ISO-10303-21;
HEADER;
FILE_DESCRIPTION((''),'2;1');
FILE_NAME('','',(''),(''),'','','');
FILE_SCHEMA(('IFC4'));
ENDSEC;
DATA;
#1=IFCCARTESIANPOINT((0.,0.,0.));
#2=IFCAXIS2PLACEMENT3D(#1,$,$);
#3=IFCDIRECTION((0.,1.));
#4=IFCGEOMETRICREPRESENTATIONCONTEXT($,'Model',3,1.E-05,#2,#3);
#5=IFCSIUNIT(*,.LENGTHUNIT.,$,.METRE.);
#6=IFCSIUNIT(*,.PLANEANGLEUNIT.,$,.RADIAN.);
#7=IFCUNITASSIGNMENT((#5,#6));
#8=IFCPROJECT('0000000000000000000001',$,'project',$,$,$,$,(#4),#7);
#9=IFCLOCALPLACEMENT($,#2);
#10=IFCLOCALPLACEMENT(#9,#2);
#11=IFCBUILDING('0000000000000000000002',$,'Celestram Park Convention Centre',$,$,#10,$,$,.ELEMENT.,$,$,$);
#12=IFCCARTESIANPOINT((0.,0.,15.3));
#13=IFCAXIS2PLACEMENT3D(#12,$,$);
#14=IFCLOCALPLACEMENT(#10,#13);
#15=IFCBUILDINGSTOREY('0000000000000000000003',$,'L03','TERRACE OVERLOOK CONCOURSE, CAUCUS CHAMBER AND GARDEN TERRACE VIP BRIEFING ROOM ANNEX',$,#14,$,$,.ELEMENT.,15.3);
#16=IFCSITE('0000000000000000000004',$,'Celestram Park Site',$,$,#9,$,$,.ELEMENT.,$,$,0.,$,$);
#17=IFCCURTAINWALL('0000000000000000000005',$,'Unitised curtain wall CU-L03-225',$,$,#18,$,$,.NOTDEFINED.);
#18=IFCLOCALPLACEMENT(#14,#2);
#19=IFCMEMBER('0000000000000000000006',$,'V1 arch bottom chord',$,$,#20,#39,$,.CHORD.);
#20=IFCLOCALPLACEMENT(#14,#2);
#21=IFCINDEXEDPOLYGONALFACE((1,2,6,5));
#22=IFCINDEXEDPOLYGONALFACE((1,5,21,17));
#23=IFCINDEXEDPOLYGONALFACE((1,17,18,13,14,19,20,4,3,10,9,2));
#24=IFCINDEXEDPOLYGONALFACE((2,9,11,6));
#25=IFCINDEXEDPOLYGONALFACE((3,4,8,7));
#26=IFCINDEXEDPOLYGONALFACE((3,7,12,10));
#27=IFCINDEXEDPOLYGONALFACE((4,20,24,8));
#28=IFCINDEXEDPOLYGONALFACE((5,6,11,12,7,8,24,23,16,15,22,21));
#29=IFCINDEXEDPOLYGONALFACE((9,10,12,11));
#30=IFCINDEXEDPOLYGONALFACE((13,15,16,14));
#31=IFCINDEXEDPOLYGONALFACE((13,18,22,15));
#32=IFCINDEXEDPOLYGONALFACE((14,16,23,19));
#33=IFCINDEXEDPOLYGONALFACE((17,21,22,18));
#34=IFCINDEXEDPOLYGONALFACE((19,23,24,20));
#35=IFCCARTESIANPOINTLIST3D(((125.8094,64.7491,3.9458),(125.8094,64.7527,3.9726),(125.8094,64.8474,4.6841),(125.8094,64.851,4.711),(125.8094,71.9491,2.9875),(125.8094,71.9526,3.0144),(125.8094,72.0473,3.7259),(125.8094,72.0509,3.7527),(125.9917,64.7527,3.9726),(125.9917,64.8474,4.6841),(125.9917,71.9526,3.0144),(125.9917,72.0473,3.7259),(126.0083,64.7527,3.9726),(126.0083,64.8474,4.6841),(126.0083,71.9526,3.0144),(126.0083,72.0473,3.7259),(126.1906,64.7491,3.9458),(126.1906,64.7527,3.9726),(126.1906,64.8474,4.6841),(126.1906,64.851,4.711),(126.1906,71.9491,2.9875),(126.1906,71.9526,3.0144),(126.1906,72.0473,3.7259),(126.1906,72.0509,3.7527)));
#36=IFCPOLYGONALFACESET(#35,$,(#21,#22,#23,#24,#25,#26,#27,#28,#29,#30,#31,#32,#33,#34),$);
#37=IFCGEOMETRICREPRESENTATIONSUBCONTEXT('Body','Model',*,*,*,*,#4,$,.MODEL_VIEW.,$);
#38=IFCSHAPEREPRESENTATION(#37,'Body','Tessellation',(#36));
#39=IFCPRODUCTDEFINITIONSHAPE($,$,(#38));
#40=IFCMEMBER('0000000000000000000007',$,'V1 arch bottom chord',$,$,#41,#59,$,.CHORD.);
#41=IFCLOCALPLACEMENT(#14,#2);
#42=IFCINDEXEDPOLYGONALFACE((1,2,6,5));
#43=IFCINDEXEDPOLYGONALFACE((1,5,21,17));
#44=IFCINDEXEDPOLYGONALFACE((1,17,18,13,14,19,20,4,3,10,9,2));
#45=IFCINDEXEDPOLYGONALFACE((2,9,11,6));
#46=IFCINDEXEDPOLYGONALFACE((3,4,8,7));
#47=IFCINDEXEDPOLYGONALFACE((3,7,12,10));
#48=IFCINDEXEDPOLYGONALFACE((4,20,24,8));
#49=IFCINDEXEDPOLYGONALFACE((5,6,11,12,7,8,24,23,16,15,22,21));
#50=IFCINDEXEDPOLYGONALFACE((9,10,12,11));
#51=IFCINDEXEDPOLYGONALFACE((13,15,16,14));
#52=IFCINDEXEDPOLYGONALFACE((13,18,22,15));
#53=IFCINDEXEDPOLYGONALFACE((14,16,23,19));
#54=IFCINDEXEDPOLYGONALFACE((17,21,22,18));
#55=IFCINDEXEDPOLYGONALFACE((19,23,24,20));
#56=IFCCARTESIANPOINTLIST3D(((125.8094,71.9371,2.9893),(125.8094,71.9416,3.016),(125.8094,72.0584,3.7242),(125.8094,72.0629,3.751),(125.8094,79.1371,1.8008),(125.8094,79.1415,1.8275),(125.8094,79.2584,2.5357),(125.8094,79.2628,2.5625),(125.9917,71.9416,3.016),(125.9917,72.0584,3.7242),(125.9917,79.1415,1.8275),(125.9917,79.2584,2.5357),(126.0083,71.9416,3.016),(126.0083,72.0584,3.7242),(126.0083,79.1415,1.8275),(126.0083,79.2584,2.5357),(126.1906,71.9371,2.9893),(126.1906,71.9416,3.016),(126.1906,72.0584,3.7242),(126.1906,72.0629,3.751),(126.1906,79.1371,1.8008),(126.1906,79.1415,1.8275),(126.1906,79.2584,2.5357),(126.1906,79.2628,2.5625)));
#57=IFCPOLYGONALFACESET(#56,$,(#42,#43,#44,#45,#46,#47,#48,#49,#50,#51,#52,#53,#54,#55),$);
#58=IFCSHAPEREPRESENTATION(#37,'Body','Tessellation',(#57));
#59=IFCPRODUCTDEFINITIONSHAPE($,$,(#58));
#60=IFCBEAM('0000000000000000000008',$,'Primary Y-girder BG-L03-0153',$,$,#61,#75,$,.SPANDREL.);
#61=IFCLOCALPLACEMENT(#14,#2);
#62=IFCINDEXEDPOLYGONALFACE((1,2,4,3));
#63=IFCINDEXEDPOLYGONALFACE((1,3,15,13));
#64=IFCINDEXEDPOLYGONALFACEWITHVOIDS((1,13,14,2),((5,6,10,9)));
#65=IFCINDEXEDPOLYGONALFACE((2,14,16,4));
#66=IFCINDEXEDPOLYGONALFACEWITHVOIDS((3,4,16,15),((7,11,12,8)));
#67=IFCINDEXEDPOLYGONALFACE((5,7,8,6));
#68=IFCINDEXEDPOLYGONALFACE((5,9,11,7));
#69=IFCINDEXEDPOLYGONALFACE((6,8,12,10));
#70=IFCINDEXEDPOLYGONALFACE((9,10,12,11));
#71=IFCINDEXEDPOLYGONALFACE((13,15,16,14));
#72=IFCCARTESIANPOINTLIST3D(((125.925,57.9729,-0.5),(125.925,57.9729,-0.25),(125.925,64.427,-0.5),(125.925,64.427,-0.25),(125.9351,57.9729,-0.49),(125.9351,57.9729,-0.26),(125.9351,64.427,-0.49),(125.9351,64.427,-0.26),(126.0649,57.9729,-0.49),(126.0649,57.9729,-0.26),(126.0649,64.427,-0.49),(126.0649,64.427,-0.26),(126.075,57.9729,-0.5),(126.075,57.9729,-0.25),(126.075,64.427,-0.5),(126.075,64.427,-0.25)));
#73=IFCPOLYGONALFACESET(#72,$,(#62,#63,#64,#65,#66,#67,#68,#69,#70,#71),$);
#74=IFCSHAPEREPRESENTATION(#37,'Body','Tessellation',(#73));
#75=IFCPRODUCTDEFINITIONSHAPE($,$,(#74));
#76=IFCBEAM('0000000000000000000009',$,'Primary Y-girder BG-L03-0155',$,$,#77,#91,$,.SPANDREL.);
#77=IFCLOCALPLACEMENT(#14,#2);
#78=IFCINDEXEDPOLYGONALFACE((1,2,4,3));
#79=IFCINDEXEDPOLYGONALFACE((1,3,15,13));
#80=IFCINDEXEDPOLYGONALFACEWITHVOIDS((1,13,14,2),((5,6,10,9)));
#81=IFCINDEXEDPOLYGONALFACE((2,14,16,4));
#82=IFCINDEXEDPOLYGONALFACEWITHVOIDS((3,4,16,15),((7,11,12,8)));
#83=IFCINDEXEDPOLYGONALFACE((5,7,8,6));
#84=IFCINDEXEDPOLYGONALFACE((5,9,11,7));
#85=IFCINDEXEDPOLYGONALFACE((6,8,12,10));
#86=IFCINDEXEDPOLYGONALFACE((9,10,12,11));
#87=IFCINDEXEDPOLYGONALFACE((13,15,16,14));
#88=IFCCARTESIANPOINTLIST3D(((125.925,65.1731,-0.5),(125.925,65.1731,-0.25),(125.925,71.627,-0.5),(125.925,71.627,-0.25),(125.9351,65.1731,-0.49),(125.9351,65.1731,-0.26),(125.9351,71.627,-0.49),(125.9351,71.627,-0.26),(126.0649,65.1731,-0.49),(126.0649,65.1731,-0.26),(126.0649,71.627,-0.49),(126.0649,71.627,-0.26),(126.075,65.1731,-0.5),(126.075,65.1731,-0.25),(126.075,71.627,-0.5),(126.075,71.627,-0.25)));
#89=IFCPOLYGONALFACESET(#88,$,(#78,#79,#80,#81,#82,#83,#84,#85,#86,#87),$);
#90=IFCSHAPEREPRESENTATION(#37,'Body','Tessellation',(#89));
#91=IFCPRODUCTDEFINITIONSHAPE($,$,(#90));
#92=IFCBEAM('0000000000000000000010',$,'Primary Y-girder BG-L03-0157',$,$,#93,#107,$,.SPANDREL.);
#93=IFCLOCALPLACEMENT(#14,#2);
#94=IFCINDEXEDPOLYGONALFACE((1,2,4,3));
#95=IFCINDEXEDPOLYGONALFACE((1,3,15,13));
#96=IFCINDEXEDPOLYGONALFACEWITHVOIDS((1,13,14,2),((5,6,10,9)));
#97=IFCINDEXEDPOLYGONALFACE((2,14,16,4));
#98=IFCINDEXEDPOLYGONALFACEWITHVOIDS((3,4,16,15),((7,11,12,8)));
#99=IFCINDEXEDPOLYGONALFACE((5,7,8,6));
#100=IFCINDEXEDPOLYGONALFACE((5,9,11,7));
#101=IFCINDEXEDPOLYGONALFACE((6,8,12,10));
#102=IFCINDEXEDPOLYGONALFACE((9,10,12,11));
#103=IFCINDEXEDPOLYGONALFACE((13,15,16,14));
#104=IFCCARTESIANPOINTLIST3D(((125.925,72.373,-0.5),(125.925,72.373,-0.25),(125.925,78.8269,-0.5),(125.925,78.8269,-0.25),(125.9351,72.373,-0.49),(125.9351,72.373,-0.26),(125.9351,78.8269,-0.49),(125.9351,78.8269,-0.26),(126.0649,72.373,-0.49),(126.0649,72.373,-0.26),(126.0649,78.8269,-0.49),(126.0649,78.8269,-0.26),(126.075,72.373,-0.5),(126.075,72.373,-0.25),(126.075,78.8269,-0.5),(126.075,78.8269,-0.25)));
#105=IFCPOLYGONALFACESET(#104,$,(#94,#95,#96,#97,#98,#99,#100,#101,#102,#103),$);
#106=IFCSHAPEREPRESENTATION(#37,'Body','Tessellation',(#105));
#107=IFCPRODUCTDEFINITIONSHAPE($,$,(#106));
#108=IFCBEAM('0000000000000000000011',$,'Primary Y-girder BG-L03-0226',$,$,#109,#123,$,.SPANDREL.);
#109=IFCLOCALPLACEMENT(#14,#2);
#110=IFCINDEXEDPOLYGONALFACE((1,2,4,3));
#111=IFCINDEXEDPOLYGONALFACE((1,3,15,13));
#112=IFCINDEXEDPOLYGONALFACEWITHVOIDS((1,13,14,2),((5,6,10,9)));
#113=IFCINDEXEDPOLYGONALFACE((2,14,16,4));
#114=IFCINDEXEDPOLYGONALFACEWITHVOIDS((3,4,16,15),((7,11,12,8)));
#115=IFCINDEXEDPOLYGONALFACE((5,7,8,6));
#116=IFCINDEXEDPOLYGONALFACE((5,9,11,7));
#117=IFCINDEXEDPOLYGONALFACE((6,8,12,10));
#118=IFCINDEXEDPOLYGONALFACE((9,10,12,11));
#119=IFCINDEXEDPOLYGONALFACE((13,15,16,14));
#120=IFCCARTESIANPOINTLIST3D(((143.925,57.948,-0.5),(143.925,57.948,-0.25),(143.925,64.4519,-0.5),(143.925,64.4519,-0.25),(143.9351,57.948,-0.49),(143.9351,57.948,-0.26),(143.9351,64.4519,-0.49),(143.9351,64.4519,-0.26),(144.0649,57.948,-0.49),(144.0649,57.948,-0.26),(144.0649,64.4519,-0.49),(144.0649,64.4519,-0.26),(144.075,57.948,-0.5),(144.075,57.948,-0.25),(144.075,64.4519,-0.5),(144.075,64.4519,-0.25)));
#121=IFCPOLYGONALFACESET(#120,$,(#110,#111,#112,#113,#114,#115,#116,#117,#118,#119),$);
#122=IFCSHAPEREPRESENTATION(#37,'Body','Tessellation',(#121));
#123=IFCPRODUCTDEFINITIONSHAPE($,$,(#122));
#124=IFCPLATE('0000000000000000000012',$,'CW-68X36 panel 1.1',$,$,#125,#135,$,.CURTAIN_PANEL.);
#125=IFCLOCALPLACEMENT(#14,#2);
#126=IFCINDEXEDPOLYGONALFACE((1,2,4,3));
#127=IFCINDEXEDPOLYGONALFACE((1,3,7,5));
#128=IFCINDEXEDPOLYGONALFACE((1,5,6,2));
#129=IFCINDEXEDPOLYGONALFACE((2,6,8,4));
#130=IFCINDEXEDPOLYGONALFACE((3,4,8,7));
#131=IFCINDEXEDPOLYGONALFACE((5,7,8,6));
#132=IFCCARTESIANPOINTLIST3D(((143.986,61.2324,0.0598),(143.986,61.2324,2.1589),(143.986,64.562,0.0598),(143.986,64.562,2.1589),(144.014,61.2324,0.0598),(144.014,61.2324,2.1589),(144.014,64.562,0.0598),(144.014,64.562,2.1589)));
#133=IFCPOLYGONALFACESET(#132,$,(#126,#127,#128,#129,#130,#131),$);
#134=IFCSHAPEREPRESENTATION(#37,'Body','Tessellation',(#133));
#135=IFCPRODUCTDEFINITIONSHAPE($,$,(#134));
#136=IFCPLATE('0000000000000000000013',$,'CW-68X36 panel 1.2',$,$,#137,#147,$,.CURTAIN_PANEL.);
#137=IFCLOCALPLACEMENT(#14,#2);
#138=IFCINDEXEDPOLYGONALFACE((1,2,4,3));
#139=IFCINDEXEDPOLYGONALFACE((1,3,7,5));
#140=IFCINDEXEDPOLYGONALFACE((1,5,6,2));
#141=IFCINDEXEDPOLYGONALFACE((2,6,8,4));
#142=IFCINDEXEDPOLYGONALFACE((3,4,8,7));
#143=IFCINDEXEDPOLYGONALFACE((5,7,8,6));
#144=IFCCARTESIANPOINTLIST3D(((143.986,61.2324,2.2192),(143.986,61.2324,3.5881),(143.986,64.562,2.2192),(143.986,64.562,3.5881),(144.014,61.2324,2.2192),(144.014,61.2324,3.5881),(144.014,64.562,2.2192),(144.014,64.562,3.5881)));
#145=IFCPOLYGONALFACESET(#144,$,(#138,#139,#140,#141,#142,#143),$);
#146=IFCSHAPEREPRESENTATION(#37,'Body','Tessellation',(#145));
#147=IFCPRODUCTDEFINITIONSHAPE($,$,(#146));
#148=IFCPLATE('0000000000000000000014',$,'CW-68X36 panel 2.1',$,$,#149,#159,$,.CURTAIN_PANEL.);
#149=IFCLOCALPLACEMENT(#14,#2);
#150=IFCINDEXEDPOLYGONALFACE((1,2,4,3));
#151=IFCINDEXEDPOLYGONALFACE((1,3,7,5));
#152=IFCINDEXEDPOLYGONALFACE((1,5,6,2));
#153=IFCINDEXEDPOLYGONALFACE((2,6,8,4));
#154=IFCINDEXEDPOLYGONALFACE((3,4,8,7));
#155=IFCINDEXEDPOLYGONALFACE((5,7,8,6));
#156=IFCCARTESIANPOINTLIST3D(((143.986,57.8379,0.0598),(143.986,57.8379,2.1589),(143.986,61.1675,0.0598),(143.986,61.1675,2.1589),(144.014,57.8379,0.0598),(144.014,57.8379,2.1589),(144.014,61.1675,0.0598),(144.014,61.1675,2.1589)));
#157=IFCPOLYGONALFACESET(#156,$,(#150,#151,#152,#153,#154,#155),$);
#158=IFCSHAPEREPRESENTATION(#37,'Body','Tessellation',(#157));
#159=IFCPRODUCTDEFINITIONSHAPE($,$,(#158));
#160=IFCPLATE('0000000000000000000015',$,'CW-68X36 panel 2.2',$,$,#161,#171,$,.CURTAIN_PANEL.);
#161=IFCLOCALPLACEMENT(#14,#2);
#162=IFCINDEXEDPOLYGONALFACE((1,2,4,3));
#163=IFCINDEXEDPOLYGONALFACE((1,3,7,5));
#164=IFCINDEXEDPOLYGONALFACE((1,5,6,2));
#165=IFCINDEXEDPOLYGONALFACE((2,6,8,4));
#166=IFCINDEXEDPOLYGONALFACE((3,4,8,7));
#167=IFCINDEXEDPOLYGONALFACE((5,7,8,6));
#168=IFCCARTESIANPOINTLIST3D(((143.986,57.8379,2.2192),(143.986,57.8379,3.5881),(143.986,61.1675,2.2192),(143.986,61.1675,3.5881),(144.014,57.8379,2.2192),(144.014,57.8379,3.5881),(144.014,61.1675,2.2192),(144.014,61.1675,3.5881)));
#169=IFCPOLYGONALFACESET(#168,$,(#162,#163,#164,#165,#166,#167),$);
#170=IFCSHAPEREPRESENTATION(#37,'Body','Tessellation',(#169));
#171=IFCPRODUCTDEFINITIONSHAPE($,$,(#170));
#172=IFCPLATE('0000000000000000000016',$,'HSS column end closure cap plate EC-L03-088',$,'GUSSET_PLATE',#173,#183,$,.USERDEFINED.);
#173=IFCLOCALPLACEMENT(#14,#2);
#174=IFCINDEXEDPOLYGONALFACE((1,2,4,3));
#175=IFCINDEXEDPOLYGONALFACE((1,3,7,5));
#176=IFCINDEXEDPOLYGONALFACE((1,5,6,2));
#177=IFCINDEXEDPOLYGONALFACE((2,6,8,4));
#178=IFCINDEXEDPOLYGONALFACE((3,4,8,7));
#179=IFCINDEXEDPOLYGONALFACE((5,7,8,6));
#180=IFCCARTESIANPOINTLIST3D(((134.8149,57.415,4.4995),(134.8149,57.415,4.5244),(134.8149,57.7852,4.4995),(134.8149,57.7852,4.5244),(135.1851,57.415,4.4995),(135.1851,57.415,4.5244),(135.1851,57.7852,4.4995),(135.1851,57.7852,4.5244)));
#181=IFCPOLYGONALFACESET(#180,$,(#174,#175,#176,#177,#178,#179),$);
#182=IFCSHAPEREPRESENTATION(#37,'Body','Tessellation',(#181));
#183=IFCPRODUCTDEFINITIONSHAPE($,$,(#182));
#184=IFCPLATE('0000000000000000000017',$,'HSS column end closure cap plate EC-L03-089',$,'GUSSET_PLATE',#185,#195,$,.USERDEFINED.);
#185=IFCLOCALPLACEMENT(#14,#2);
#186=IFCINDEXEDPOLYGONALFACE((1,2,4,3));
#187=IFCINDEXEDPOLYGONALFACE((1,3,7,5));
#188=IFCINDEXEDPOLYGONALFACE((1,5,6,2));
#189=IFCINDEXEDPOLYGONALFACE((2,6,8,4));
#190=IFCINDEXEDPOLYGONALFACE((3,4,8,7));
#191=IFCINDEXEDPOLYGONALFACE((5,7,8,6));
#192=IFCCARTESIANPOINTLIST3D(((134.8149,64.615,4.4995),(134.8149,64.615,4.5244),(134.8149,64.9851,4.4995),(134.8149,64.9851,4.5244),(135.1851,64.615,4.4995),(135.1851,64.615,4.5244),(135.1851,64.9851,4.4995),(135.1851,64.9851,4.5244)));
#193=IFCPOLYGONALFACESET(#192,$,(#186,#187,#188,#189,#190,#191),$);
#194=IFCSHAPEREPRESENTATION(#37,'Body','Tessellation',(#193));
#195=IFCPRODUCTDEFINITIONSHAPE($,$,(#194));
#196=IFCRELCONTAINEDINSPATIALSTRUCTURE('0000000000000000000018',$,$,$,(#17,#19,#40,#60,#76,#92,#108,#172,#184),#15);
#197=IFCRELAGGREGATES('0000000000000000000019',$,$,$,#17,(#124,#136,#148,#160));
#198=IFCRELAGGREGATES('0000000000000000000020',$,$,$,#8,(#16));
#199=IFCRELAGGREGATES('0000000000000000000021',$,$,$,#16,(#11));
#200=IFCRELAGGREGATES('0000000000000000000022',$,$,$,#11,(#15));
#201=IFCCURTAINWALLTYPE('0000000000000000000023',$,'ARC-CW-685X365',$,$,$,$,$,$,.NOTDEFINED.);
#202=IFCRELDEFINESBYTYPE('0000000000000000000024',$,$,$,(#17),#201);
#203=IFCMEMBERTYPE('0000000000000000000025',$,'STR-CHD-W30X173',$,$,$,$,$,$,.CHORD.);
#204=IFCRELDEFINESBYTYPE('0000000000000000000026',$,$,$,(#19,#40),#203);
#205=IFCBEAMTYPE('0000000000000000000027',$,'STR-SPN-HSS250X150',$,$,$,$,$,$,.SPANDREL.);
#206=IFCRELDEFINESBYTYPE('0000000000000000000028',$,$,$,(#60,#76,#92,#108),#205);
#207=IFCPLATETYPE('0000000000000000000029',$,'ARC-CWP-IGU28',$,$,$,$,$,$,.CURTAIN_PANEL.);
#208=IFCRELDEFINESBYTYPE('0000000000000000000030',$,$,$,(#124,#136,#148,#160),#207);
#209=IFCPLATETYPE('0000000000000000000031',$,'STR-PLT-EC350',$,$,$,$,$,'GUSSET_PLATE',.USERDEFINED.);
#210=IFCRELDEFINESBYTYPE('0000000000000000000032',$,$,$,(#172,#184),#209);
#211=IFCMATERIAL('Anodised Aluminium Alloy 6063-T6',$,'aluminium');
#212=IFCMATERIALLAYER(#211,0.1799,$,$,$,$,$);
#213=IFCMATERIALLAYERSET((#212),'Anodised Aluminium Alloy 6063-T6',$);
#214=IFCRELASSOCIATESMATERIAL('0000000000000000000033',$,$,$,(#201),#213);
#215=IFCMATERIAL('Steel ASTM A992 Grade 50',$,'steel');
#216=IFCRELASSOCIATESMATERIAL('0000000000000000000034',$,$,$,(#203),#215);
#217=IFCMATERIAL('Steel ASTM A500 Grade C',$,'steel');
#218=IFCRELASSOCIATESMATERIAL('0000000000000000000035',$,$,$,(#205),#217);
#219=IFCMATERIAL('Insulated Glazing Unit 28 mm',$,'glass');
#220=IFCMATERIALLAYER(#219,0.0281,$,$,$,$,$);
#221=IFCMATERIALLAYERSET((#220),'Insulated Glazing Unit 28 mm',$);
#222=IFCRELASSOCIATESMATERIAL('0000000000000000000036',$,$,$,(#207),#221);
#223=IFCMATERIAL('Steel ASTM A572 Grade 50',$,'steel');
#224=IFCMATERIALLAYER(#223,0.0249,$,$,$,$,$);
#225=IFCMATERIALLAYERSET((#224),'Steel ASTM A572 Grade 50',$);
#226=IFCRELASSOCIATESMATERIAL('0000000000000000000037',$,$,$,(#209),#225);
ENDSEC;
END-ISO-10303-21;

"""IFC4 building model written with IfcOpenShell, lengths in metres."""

from ifc_helpers import new_model, si_unit, direction, frame, origin, origin_2d, place, context, subcontext, project, spatial, rectangle, hollow_rectangle, i_section, extrude, material, layer, layer_set, material_profile, profile_set, type_object, element, aggregate, save


model = new_model("IFC4")

# Units and contexts
model_context = context("Model", 3, precision=1e-05, world=origin(), true_north=direction((0.0, 1.0)))
body_context = subcontext(model_context, "Body", "Model", "MODEL_VIEW")
ifc_project = project(units=[si_unit("LENGTHUNIT", "METRE"), si_unit("PLANEANGLEUNIT", "RADIAN")], contexts=[model_context])

# Site, building, storey
site_placement = place(None, origin())
site = spatial("IfcSite", under=ifc_project, at=site_placement, Name="Celestram Park Site", CompositionType="ELEMENT", RefElevation=0.0)
building_placement = place(site_placement, origin())
building = spatial("IfcBuilding", under=site, at=building_placement, Name="Celestram Park Convention Centre", CompositionType="ELEMENT")
storey_placement = place(building_placement, frame((0.0, 0.0, 15.3)))
storey = spatial("IfcBuildingStorey", under=building, at=storey_placement, Name="L03", Description="TERRACE OVERLOOK CONCOURSE, CAUCUS CHAMBER AND GARDEN TERRACE VIP BRIEFING ROOM ANNEX", CompositionType="ELEMENT", Elevation=15.3)

# Shared definitions
ifc_material_1 = material(Name="Steel ASTM A500 Grade C", Category="steel")

# Curtain wall
ifc_material_2 = material(Name="Anodised Aluminium Alloy 6063-T6", Category="aluminium")
ifc_layer_1 = layer(ifc_material_2, 0.1799)
ifc_layer_set_1 = layer_set([ifc_layer_1], Name="Anodised Aluminium Alloy 6063-T6")
curtain_wall_type = type_object("IfcCurtainWallType", Name="ARC-CW-685X365", PredefinedType="NOTDEFINED", material=ifc_layer_set_1)
curtain_wall_placement = place(storey_placement, origin())
curtain_wall = element("IfcCurtainWall", 1, at=curtain_wall_placement, inside=storey, type_object=curtain_wall_type, Name="Unitised curtain wall CU-L03-225", PredefinedType="NOTDEFINED")

# Shared definitions
ifc_material_3 = material(Name="Steel ASTM A992 Grade 50", Category="steel")

# Members
ifc_material_profile_1 = material_profile(ifc_material_3, i_section(OverallWidth=0.3811, OverallDepth=0.772, WebThickness=0.0166, FlangeThickness=0.0271, at=origin_2d()), Name="W30X173")
ifc_profile_set_1 = profile_set([ifc_material_profile_1], Name="Steel ASTM A992 Grade 50")
member_type_1 = type_object("IfcMemberType", Name="STR-CHD-W30X173", PredefinedType="CHORD", material=ifc_profile_set_1)
member_1_placement = place(storey_placement, frame((126.0, 64.8, 4.3284), z_axis=(0.0, 0.991259, -0.131928), x_axis=(-1.0, 0.0, 0.0)))
element("IfcMember", 2, at=member_1_placement, inside=storey, type_object=member_type_1, Name="V1 arch bottom chord", PredefinedType="CHORD", context=body_context, shape_type="SweptSolid", body=[
    extrude(i_section(OverallWidth=0.3811, OverallDepth=0.772, WebThickness=0.0166, FlangeThickness=0.0271, at=origin_2d()), origin(), (0.0, 0.0, 1.0), 7.2634),
])
member_2_placement = place(storey_placement, frame((126.0, 72.0, 3.3701), z_axis=(0.0, 0.986649, -0.162863), x_axis=(-1.0, 0.0, 0.0)))
element("IfcMember", 3, at=member_2_placement, inside=storey, type_object=member_type_1, Name="V1 arch bottom chord", PredefinedType="CHORD", context=body_context, shape_type="SweptSolid", body=[
    extrude(i_section(OverallWidth=0.3811, OverallDepth=0.772, WebThickness=0.0166, FlangeThickness=0.0271, at=origin_2d()), origin(), (0.0, 0.0, 1.0), 7.2974),
])

# Beams
ifc_material_profile_2 = material_profile(ifc_material_1, hollow_rectangle(XDim=0.1499, YDim=0.25, WallThickness=0.01, at=origin_2d()), Name="HSS250X150X10")
ifc_profile_set_2 = profile_set([ifc_material_profile_2], Name="Steel ASTM A500 Grade C")
beam_type_1 = type_object("IfcBeamType", Name="STR-SPN-HSS250X150", PredefinedType="SPANDREL", material=ifc_profile_set_2)
beam_1_placement = place(storey_placement, frame((126.0, 57.9729, -0.375), z_axis=(0.0, 1.0, 0.0), x_axis=(-1.0, 0.0, 0.0)))
element("IfcBeam", 4, at=beam_1_placement, inside=storey, type_object=beam_type_1, Name="Primary Y-girder BG-L03-0153", PredefinedType="SPANDREL", context=body_context, shape_type="SweptSolid", body=[
    extrude(hollow_rectangle(XDim=0.1499, YDim=0.25, WallThickness=0.01, at=origin_2d()), origin(), (0.0, 0.0, 1.0), 6.4541),
])
for number, where, z_axis, x_axis, name in (
    (5, (126.0, 65.1731, -0.375), (0.0, 1.0, 0.0), (-1.0, 0.0, 0.0), "Primary Y-girder BG-L03-0155"),
    (6, (126.0, 72.373, -0.375), (0.0, 1.0, 0.0), (-1.0, 0.0, 0.0), "Primary Y-girder BG-L03-0157"),
):
    element("IfcBeam", number, at=place(storey_placement, frame(where, z_axis=z_axis, x_axis=x_axis)), inside=storey, type_object=beam_type_1, Name=name, PredefinedType="SPANDREL", context=body_context, shape_type="SweptSolid", body=[
        extrude(hollow_rectangle(XDim=0.1499, YDim=0.25, WallThickness=0.01, at=origin_2d()), origin(), (0.0, 0.0, 1.0), 6.4539),
    ])
beam_2_placement = place(storey_placement, frame((144.0, 57.948, -0.375), z_axis=(0.0, 1.0, 0.0), x_axis=(-1.0, 0.0, 0.0)))
element("IfcBeam", 7, at=beam_2_placement, inside=storey, type_object=beam_type_1, Name="Primary Y-girder BG-L03-0226", PredefinedType="SPANDREL", context=body_context, shape_type="SweptSolid", body=[
    extrude(hollow_rectangle(XDim=0.1499, YDim=0.25, WallThickness=0.01, at=origin_2d()), origin(), (0.0, 0.0, 1.0), 6.5039),
])

# Plates
ifc_material_4 = material(Name="Insulated Glazing Unit 28 mm", Category="glass")
ifc_layer_2 = layer(ifc_material_4, 0.0281)
ifc_layer_set_2 = layer_set([ifc_layer_2], Name="Insulated Glazing Unit 28 mm")
plate_type_1 = type_object("IfcPlateType", Name="ARC-CWP-IGU28", PredefinedType="CURTAIN_PANEL", material=ifc_layer_set_2)
plate_1_placement = place(storey_placement, frame((144.0, 62.8972, 0.0598), z_axis=(0.0, 0.0, 1.0), x_axis=(0.0, -1.0, 0.0)))
plate_1 = element("IfcPlate", 8, at=plate_1_placement, type_object=plate_type_1, Name="CW-68X36 panel 1.1", PredefinedType="CURTAIN_PANEL", context=body_context, shape_type="SweptSolid", body=[
    extrude(rectangle(XDim=3.3296, YDim=0.0281, at=origin_2d()), origin(), (0.0, 0.0, 1.0), 2.0991),
])
plate_2_placement = place(storey_placement, frame((144.0, 62.8972, 2.2192), z_axis=(0.0, 0.0, 1.0), x_axis=(0.0, -1.0, 0.0)))
plate_2 = element("IfcPlate", 9, at=plate_2_placement, type_object=plate_type_1, Name="CW-68X36 panel 1.2", PredefinedType="CURTAIN_PANEL", context=body_context, shape_type="SweptSolid", body=[
    extrude(rectangle(XDim=3.3296, YDim=0.0281, at=origin_2d()), origin(), (0.0, 0.0, 1.0), 1.3689),
])
plate_3_placement = place(storey_placement, frame((144.0, 59.5027, 0.0598), z_axis=(0.0, 0.0, 1.0), x_axis=(0.0, -1.0, 0.0)))
plate_3 = element("IfcPlate", 10, at=plate_3_placement, type_object=plate_type_1, Name="CW-68X36 panel 2.1", PredefinedType="CURTAIN_PANEL", context=body_context, shape_type="SweptSolid", body=[
    extrude(rectangle(XDim=3.3296, YDim=0.0281, at=origin_2d()), origin(), (0.0, 0.0, 1.0), 2.0991),
])
plate_4_placement = place(storey_placement, frame((144.0, 59.5027, 2.2192), z_axis=(0.0, 0.0, 1.0), x_axis=(0.0, -1.0, 0.0)))
plate_4 = element("IfcPlate", 11, at=plate_4_placement, type_object=plate_type_1, Name="CW-68X36 panel 2.2", PredefinedType="CURTAIN_PANEL", context=body_context, shape_type="SweptSolid", body=[
    extrude(rectangle(XDim=3.3296, YDim=0.0281, at=origin_2d()), origin(), (0.0, 0.0, 1.0), 1.3689),
])
aggregate(curtain_wall, [plate_1, plate_2, plate_3, plate_4])

# Plates
ifc_material_5 = material(Name="Steel ASTM A572 Grade 50", Category="steel")
ifc_layer_3 = layer(ifc_material_5, 0.0249)
ifc_layer_set_3 = layer_set([ifc_layer_3], Name="Steel ASTM A572 Grade 50")
plate_type_2 = type_object("IfcPlateType", Name="STR-PLT-EC350", ElementType="GUSSET_PLATE", PredefinedType="USERDEFINED", material=ifc_layer_set_3)
for number, where, z_axis, x_axis, name in (
    (12, (135.0, 57.6001, 4.4995), (0.0, 0.0, 1.0), (1.0, 0.0, 0.0), "HSS column end closure cap plate EC-L03-088"),
    (13, (135.0, 64.8, 4.4995), (0.0, 0.0, 1.0), (1.0, 0.0, 0.0), "HSS column end closure cap plate EC-L03-089"),
):
    element("IfcPlate", number, at=place(storey_placement, frame(where, z_axis=z_axis, x_axis=x_axis)), inside=storey, type_object=plate_type_2, Name=name, ObjectType="GUSSET_PLATE", PredefinedType="USERDEFINED", context=body_context, shape_type="SweptSolid", body=[
        extrude(rectangle(XDim=0.3701, YDim=0.3701, at=origin_2d()), origin(), (0.0, 0.0, 1.0), 0.0249),
    ])

save(model, "model.ifc")
